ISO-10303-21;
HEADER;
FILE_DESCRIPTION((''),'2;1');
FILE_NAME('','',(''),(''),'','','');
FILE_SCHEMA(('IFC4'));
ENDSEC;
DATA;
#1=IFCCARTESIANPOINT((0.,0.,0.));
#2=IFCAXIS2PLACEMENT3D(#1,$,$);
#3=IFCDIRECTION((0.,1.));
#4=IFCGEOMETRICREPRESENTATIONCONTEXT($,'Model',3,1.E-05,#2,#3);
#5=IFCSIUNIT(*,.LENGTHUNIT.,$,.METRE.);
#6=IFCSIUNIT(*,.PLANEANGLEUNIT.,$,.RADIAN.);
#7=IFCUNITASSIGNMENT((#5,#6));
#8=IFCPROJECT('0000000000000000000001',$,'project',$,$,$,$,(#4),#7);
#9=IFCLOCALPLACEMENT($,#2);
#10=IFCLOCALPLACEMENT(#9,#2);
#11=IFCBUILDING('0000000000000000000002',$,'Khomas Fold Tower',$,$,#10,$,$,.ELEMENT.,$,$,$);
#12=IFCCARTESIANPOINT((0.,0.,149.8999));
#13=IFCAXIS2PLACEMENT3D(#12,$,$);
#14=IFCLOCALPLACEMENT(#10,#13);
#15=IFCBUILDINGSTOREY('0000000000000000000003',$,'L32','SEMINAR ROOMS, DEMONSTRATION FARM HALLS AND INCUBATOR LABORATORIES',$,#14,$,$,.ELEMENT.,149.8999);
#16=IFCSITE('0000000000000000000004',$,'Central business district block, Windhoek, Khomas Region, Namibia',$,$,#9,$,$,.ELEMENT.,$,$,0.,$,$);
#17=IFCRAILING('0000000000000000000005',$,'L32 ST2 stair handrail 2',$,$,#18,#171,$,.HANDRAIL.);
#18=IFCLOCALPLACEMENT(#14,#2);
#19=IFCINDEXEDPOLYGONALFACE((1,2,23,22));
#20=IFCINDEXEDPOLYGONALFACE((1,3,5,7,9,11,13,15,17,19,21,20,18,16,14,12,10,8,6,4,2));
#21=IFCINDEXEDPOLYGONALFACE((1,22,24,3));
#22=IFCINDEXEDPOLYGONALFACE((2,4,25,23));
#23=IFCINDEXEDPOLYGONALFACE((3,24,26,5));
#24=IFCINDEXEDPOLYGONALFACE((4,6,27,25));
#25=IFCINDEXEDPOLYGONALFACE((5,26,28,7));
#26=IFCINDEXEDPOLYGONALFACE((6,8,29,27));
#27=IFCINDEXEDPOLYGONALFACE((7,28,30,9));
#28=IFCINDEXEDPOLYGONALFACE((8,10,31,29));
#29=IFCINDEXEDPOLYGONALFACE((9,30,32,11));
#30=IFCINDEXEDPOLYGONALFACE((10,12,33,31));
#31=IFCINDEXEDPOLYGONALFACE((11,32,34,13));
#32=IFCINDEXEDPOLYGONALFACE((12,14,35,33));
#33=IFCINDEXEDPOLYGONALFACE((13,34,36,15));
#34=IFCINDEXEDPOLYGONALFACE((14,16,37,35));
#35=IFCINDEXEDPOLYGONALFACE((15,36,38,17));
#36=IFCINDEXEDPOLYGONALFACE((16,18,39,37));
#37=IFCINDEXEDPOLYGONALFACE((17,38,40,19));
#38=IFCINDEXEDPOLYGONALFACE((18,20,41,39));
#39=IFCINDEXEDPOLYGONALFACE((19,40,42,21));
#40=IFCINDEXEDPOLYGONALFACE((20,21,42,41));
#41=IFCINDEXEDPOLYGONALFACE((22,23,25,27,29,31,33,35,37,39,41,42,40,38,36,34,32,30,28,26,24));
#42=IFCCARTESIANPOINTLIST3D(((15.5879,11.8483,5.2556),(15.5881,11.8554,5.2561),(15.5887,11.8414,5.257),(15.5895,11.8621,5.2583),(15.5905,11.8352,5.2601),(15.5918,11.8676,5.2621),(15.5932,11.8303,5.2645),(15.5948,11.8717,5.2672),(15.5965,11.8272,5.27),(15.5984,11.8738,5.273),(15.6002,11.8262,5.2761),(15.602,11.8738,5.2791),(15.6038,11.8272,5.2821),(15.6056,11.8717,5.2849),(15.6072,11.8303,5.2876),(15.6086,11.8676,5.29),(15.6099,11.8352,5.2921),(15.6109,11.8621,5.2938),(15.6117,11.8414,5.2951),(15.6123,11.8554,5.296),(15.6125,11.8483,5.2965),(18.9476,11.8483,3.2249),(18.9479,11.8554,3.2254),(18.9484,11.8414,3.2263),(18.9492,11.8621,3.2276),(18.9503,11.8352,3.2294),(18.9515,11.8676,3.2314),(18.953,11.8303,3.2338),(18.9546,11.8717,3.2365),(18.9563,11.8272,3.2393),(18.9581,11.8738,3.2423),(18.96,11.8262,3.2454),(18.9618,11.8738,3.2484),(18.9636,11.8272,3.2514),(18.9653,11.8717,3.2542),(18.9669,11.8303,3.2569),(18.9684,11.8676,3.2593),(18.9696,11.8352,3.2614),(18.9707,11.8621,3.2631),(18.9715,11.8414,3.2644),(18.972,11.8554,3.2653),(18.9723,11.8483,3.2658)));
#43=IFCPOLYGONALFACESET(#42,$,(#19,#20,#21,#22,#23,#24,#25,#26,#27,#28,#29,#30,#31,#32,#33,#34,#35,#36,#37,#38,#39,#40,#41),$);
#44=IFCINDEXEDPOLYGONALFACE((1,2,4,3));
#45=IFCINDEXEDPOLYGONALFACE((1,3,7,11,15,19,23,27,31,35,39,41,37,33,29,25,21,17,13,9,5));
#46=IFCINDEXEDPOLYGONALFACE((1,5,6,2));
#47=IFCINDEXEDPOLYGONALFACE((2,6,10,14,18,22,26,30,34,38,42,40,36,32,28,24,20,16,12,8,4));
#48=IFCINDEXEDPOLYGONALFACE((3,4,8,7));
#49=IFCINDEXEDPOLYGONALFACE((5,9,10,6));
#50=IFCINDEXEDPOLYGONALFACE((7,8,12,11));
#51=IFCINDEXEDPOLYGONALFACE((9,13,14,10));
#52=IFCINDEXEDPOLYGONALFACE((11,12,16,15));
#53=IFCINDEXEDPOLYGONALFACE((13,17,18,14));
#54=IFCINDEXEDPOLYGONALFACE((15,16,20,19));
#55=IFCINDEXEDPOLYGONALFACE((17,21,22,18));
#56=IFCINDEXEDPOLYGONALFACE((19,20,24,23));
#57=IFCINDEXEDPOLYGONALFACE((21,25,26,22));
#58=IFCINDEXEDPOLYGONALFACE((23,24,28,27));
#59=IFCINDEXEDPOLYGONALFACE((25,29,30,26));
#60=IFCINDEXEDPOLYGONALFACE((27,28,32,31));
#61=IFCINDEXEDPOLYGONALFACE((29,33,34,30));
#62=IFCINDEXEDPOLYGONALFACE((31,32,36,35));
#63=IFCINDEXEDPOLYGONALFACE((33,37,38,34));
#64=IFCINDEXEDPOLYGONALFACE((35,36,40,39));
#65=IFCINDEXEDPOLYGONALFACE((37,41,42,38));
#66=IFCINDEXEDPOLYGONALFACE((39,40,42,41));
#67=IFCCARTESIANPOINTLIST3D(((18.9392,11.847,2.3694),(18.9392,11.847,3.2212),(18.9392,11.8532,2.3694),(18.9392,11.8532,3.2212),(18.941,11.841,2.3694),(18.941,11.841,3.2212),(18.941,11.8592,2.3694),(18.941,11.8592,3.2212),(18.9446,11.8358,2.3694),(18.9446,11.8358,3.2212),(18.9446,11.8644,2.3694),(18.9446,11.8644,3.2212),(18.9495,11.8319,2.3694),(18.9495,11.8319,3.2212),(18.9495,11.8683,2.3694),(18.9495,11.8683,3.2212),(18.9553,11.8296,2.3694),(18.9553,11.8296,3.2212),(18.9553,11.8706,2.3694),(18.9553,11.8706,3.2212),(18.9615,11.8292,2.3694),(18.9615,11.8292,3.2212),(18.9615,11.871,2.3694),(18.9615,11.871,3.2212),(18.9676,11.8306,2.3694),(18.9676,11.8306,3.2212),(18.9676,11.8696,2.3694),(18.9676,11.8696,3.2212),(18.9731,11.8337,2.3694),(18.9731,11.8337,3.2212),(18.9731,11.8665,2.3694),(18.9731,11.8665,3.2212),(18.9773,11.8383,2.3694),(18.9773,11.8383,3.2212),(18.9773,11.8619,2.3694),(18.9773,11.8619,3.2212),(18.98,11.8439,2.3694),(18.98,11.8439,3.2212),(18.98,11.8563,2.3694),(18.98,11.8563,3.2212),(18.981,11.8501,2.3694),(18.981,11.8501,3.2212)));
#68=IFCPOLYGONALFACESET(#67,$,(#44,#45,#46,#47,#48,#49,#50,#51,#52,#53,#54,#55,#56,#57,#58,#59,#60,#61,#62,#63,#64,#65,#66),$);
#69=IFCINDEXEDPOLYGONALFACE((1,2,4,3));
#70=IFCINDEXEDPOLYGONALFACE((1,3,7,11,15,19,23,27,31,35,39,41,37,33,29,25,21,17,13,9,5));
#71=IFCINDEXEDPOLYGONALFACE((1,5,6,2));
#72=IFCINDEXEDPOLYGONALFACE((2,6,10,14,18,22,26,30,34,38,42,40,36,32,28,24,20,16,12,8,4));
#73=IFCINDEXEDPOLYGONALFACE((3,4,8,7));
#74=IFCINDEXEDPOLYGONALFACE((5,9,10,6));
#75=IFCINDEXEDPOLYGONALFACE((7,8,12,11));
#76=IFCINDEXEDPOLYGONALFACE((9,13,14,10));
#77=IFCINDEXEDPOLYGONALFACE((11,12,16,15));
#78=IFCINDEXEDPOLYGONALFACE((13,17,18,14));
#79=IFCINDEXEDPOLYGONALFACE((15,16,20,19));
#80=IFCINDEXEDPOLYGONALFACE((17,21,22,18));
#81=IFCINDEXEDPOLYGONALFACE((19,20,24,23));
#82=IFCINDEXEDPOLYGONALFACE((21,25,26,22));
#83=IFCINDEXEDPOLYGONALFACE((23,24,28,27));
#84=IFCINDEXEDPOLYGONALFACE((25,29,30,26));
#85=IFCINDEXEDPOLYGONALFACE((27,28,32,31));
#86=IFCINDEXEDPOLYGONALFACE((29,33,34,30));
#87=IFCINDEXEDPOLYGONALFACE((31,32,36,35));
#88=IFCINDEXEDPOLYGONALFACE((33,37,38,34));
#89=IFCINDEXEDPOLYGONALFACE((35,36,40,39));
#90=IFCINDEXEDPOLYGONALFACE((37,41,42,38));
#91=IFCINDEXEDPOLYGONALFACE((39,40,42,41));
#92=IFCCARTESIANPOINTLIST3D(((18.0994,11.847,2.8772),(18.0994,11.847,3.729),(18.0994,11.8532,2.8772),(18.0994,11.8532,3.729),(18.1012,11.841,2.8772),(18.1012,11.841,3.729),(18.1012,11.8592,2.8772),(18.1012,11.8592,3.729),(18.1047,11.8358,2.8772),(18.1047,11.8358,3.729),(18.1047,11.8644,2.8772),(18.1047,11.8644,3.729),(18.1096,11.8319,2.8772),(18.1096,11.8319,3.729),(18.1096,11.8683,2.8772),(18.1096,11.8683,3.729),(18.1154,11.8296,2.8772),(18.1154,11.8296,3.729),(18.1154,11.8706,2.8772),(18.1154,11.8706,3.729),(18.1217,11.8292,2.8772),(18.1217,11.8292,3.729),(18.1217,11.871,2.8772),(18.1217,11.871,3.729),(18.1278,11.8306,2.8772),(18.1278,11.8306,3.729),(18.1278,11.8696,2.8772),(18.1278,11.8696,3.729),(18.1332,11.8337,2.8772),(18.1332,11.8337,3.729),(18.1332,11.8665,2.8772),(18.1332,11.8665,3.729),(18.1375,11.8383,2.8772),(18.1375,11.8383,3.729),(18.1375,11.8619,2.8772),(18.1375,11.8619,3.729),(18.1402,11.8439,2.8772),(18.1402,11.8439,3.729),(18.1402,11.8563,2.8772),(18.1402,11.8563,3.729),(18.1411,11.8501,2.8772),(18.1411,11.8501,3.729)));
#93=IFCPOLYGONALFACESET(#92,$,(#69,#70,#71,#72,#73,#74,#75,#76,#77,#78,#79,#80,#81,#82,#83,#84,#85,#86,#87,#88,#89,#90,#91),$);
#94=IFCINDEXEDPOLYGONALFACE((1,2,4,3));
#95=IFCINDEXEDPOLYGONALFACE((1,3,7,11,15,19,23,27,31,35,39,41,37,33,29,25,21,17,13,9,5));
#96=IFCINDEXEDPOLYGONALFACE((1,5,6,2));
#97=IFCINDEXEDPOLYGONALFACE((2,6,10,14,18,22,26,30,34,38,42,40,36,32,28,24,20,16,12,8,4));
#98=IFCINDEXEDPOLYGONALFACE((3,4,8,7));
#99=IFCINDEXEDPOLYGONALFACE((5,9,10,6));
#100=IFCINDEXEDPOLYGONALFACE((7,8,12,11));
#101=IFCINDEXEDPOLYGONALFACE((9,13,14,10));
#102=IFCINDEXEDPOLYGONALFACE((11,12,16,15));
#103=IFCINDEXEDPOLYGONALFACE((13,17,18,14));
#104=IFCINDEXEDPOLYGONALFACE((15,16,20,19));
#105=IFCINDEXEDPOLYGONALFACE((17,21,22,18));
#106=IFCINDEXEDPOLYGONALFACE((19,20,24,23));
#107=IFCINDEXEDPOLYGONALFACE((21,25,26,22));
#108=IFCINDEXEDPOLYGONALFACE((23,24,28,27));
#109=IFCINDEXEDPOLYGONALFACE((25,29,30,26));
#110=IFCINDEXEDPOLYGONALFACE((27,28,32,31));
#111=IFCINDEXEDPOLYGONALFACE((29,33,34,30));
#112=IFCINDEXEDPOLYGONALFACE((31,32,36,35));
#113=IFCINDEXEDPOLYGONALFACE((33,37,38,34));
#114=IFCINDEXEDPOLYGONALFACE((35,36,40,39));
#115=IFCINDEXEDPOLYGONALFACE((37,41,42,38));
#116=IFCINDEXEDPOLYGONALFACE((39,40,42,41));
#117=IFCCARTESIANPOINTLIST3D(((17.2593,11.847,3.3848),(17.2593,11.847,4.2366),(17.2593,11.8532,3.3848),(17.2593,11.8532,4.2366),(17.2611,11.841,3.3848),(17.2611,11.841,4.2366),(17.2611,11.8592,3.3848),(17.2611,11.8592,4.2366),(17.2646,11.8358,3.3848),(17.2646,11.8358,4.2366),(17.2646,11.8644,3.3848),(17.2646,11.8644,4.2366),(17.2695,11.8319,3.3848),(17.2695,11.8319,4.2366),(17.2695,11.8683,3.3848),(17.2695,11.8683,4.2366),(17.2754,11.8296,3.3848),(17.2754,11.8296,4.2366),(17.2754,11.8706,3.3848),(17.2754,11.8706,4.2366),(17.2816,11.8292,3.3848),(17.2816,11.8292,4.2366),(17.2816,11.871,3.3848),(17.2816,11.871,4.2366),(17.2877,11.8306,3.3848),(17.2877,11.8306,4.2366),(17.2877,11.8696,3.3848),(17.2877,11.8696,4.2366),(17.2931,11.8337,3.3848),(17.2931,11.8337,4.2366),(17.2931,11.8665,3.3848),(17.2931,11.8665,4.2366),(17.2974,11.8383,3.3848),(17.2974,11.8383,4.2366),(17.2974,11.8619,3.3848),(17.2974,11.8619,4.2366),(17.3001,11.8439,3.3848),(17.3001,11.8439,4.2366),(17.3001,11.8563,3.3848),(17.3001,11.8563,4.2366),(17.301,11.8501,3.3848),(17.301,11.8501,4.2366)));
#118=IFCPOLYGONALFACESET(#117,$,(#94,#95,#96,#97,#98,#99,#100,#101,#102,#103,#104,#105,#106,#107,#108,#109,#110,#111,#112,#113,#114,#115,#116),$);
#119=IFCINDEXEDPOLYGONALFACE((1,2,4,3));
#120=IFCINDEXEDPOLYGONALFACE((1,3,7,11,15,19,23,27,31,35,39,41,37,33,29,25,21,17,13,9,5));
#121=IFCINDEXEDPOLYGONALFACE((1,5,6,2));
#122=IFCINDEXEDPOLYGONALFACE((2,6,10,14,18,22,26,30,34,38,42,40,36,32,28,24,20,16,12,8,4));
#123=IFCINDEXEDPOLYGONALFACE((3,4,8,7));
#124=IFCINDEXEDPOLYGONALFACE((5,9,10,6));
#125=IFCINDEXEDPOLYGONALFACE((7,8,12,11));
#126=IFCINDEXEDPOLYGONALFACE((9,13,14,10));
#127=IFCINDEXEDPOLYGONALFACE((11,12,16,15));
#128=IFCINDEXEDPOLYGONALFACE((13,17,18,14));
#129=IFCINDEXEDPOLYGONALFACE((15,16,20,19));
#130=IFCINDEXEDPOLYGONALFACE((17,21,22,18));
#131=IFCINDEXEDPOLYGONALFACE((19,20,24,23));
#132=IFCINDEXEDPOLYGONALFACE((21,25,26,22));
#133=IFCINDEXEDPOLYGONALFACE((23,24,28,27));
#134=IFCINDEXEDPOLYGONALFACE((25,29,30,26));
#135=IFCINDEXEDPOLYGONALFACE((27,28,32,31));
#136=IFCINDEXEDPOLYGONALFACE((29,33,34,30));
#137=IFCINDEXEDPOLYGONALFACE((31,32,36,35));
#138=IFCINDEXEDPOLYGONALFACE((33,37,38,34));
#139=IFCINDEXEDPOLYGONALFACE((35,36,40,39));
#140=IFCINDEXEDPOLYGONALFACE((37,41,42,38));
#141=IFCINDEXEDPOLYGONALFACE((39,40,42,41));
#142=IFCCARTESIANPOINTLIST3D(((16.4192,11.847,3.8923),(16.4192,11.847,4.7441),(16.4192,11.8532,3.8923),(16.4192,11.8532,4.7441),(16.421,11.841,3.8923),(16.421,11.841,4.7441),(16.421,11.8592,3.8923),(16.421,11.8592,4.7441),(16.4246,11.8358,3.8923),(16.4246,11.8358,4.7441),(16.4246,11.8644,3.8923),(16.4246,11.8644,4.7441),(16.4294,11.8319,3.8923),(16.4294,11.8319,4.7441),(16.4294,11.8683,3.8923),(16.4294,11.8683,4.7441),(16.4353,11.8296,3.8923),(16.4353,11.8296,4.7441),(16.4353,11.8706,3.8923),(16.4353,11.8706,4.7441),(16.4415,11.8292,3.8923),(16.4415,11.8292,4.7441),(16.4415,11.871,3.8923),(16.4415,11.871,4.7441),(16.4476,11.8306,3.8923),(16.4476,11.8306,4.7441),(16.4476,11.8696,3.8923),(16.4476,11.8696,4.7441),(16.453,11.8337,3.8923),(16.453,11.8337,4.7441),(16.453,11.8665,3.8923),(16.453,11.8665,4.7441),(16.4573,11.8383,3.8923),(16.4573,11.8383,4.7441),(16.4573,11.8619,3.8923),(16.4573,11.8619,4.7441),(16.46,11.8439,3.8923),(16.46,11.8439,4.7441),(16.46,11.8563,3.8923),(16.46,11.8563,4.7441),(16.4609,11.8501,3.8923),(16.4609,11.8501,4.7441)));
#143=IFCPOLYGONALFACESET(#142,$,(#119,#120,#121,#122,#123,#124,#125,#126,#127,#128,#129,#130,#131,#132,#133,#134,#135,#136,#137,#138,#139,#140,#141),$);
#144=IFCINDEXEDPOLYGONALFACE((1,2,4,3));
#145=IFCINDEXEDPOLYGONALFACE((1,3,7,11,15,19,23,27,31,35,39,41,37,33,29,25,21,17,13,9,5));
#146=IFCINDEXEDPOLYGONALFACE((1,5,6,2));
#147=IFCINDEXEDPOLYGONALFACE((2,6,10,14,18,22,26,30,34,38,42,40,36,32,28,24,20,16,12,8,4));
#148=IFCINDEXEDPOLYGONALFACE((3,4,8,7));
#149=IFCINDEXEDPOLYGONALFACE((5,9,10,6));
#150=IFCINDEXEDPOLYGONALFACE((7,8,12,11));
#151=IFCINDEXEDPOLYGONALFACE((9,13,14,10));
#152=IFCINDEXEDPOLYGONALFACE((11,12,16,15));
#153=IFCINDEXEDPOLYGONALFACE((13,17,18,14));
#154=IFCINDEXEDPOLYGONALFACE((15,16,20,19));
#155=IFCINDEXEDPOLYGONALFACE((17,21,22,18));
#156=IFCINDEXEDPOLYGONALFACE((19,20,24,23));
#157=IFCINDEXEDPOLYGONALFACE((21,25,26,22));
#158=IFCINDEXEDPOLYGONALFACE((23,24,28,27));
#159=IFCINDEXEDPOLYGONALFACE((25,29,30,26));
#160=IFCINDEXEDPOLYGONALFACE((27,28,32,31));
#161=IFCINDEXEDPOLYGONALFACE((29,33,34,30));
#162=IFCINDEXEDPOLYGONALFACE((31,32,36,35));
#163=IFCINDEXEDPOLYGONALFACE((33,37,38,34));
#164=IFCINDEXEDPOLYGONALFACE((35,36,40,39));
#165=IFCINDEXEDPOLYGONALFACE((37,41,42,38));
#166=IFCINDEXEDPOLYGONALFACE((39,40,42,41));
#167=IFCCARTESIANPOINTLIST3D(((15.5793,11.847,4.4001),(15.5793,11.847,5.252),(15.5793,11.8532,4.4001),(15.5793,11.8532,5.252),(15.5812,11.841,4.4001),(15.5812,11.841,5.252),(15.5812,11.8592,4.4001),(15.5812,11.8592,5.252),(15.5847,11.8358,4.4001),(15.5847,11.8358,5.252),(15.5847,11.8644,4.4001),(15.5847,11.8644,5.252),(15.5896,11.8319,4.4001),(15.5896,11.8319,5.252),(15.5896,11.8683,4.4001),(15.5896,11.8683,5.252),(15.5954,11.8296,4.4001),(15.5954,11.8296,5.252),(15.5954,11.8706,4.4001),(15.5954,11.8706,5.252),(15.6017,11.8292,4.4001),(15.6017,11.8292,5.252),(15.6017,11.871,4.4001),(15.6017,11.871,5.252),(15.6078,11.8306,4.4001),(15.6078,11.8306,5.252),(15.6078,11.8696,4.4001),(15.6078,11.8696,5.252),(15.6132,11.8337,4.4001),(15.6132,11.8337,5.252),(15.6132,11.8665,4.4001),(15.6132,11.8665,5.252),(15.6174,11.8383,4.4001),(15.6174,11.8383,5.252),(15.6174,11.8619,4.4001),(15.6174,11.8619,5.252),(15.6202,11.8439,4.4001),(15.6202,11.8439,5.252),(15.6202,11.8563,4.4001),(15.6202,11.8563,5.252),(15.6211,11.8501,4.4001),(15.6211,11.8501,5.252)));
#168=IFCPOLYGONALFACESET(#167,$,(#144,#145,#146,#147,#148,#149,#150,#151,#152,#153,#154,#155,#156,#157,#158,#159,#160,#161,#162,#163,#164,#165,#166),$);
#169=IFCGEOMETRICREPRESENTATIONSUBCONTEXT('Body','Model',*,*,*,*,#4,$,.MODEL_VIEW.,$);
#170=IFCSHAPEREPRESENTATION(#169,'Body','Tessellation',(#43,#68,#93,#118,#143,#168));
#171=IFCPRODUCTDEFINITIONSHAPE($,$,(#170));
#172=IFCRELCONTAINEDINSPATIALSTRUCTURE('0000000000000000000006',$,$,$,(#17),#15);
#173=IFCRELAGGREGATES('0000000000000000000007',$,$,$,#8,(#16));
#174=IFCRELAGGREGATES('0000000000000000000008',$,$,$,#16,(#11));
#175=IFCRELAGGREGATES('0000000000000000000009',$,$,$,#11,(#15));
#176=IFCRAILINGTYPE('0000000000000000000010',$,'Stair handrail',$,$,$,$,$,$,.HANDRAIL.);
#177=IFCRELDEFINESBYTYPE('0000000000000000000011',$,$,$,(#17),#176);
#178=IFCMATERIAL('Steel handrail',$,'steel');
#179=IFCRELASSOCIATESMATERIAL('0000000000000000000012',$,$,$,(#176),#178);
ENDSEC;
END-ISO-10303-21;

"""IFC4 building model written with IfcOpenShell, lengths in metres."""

from ifc_helpers import new_model, si_unit, direction, frame, origin, origin_2d, place, context, subcontext, project, spatial, circle, extrude, source, transform, mapped, material, type_object, element, save


model = new_model("IFC4")

# Units and contexts
model_context = context("Model", 3, precision=1e-05, world=origin(), true_north=direction((0.0, 1.0)))
body_context = subcontext(model_context, "Body", "Model", "MODEL_VIEW")
ifc_project = project(units=[si_unit("LENGTHUNIT", "METRE"), si_unit("PLANEANGLEUNIT", "RADIAN")], contexts=[model_context])

# Site, building, storey
site_placement = place(None, origin())
site = spatial("IfcSite", under=ifc_project, at=site_placement, Name="Central business district block, Windhoek, Khomas Region, Namibia", CompositionType="ELEMENT", RefElevation=0.0)
building_placement = place(site_placement, origin())
building = spatial("IfcBuilding", under=site, at=building_placement, Name="Khomas Fold Tower", CompositionType="ELEMENT")
storey_placement = place(building_placement, frame((0.0, 0.0, 149.8999)))
storey = spatial("IfcBuildingStorey", under=building, at=storey_placement, Name="L32", Description="SEMINAR ROOMS, DEMONSTRATION FARM HALLS AND INCUBATOR LABORATORIES", CompositionType="ELEMENT", Elevation=149.8999)

# Railing
ifc_material_1 = material(Name="Steel handrail", Category="steel")
railing_type_1 = type_object("IfcRailingType", Name="Stair handrail", PredefinedType="HANDRAIL", material=ifc_material_1)
shared_shape_1 = source(origin(), body_context, "Body", "SweptSolid", [
    extrude(circle(Radius=0.0239, at=origin_2d()), frame((0.0, 0.0, 0.876), z_axis=(-0.85582, 0.0, 0.517273), x_axis=(0.0, -1.0, 0.0)), (0.0, 0.0, 1.0), 3.9258),
    extrude(circle(Radius=0.021, at=origin_2d()), origin(), (0.0, 0.0, 1.0), 0.8518),
    extrude(circle(Radius=0.021, at=origin_2d()), frame((-0.8398, 0.0, 0.5078)), (0.0, 0.0, 1.0), 0.8518),
    extrude(circle(Radius=0.021, at=origin_2d()), frame((-1.6799, 0.0, 1.0154)), (0.0, 0.0, 1.0), 0.8518),
    extrude(circle(Radius=0.021, at=origin_2d()), frame((-2.52, 0.0, 1.5229)), (0.0, 0.0, 1.0), 0.8518),
    extrude(circle(Radius=0.021, at=origin_2d()), frame((-3.3599, 0.0, 2.0308)), (0.0, 0.0, 1.0), 0.8518),
])
railing_1_placement = place(storey_placement, frame((18.96, 11.8501, 2.3694)))
element("IfcRailing", 1, at=railing_1_placement, inside=storey, type_object=railing_type_1, Name="L32 ST2 stair handrail 2", PredefinedType="HANDRAIL", context=body_context, shape_type="MappedRepresentation", body=[
    mapped(shared_shape_1, transform((0.0, 0.0, 0.0))),
])

save(model, "model.ifc")
